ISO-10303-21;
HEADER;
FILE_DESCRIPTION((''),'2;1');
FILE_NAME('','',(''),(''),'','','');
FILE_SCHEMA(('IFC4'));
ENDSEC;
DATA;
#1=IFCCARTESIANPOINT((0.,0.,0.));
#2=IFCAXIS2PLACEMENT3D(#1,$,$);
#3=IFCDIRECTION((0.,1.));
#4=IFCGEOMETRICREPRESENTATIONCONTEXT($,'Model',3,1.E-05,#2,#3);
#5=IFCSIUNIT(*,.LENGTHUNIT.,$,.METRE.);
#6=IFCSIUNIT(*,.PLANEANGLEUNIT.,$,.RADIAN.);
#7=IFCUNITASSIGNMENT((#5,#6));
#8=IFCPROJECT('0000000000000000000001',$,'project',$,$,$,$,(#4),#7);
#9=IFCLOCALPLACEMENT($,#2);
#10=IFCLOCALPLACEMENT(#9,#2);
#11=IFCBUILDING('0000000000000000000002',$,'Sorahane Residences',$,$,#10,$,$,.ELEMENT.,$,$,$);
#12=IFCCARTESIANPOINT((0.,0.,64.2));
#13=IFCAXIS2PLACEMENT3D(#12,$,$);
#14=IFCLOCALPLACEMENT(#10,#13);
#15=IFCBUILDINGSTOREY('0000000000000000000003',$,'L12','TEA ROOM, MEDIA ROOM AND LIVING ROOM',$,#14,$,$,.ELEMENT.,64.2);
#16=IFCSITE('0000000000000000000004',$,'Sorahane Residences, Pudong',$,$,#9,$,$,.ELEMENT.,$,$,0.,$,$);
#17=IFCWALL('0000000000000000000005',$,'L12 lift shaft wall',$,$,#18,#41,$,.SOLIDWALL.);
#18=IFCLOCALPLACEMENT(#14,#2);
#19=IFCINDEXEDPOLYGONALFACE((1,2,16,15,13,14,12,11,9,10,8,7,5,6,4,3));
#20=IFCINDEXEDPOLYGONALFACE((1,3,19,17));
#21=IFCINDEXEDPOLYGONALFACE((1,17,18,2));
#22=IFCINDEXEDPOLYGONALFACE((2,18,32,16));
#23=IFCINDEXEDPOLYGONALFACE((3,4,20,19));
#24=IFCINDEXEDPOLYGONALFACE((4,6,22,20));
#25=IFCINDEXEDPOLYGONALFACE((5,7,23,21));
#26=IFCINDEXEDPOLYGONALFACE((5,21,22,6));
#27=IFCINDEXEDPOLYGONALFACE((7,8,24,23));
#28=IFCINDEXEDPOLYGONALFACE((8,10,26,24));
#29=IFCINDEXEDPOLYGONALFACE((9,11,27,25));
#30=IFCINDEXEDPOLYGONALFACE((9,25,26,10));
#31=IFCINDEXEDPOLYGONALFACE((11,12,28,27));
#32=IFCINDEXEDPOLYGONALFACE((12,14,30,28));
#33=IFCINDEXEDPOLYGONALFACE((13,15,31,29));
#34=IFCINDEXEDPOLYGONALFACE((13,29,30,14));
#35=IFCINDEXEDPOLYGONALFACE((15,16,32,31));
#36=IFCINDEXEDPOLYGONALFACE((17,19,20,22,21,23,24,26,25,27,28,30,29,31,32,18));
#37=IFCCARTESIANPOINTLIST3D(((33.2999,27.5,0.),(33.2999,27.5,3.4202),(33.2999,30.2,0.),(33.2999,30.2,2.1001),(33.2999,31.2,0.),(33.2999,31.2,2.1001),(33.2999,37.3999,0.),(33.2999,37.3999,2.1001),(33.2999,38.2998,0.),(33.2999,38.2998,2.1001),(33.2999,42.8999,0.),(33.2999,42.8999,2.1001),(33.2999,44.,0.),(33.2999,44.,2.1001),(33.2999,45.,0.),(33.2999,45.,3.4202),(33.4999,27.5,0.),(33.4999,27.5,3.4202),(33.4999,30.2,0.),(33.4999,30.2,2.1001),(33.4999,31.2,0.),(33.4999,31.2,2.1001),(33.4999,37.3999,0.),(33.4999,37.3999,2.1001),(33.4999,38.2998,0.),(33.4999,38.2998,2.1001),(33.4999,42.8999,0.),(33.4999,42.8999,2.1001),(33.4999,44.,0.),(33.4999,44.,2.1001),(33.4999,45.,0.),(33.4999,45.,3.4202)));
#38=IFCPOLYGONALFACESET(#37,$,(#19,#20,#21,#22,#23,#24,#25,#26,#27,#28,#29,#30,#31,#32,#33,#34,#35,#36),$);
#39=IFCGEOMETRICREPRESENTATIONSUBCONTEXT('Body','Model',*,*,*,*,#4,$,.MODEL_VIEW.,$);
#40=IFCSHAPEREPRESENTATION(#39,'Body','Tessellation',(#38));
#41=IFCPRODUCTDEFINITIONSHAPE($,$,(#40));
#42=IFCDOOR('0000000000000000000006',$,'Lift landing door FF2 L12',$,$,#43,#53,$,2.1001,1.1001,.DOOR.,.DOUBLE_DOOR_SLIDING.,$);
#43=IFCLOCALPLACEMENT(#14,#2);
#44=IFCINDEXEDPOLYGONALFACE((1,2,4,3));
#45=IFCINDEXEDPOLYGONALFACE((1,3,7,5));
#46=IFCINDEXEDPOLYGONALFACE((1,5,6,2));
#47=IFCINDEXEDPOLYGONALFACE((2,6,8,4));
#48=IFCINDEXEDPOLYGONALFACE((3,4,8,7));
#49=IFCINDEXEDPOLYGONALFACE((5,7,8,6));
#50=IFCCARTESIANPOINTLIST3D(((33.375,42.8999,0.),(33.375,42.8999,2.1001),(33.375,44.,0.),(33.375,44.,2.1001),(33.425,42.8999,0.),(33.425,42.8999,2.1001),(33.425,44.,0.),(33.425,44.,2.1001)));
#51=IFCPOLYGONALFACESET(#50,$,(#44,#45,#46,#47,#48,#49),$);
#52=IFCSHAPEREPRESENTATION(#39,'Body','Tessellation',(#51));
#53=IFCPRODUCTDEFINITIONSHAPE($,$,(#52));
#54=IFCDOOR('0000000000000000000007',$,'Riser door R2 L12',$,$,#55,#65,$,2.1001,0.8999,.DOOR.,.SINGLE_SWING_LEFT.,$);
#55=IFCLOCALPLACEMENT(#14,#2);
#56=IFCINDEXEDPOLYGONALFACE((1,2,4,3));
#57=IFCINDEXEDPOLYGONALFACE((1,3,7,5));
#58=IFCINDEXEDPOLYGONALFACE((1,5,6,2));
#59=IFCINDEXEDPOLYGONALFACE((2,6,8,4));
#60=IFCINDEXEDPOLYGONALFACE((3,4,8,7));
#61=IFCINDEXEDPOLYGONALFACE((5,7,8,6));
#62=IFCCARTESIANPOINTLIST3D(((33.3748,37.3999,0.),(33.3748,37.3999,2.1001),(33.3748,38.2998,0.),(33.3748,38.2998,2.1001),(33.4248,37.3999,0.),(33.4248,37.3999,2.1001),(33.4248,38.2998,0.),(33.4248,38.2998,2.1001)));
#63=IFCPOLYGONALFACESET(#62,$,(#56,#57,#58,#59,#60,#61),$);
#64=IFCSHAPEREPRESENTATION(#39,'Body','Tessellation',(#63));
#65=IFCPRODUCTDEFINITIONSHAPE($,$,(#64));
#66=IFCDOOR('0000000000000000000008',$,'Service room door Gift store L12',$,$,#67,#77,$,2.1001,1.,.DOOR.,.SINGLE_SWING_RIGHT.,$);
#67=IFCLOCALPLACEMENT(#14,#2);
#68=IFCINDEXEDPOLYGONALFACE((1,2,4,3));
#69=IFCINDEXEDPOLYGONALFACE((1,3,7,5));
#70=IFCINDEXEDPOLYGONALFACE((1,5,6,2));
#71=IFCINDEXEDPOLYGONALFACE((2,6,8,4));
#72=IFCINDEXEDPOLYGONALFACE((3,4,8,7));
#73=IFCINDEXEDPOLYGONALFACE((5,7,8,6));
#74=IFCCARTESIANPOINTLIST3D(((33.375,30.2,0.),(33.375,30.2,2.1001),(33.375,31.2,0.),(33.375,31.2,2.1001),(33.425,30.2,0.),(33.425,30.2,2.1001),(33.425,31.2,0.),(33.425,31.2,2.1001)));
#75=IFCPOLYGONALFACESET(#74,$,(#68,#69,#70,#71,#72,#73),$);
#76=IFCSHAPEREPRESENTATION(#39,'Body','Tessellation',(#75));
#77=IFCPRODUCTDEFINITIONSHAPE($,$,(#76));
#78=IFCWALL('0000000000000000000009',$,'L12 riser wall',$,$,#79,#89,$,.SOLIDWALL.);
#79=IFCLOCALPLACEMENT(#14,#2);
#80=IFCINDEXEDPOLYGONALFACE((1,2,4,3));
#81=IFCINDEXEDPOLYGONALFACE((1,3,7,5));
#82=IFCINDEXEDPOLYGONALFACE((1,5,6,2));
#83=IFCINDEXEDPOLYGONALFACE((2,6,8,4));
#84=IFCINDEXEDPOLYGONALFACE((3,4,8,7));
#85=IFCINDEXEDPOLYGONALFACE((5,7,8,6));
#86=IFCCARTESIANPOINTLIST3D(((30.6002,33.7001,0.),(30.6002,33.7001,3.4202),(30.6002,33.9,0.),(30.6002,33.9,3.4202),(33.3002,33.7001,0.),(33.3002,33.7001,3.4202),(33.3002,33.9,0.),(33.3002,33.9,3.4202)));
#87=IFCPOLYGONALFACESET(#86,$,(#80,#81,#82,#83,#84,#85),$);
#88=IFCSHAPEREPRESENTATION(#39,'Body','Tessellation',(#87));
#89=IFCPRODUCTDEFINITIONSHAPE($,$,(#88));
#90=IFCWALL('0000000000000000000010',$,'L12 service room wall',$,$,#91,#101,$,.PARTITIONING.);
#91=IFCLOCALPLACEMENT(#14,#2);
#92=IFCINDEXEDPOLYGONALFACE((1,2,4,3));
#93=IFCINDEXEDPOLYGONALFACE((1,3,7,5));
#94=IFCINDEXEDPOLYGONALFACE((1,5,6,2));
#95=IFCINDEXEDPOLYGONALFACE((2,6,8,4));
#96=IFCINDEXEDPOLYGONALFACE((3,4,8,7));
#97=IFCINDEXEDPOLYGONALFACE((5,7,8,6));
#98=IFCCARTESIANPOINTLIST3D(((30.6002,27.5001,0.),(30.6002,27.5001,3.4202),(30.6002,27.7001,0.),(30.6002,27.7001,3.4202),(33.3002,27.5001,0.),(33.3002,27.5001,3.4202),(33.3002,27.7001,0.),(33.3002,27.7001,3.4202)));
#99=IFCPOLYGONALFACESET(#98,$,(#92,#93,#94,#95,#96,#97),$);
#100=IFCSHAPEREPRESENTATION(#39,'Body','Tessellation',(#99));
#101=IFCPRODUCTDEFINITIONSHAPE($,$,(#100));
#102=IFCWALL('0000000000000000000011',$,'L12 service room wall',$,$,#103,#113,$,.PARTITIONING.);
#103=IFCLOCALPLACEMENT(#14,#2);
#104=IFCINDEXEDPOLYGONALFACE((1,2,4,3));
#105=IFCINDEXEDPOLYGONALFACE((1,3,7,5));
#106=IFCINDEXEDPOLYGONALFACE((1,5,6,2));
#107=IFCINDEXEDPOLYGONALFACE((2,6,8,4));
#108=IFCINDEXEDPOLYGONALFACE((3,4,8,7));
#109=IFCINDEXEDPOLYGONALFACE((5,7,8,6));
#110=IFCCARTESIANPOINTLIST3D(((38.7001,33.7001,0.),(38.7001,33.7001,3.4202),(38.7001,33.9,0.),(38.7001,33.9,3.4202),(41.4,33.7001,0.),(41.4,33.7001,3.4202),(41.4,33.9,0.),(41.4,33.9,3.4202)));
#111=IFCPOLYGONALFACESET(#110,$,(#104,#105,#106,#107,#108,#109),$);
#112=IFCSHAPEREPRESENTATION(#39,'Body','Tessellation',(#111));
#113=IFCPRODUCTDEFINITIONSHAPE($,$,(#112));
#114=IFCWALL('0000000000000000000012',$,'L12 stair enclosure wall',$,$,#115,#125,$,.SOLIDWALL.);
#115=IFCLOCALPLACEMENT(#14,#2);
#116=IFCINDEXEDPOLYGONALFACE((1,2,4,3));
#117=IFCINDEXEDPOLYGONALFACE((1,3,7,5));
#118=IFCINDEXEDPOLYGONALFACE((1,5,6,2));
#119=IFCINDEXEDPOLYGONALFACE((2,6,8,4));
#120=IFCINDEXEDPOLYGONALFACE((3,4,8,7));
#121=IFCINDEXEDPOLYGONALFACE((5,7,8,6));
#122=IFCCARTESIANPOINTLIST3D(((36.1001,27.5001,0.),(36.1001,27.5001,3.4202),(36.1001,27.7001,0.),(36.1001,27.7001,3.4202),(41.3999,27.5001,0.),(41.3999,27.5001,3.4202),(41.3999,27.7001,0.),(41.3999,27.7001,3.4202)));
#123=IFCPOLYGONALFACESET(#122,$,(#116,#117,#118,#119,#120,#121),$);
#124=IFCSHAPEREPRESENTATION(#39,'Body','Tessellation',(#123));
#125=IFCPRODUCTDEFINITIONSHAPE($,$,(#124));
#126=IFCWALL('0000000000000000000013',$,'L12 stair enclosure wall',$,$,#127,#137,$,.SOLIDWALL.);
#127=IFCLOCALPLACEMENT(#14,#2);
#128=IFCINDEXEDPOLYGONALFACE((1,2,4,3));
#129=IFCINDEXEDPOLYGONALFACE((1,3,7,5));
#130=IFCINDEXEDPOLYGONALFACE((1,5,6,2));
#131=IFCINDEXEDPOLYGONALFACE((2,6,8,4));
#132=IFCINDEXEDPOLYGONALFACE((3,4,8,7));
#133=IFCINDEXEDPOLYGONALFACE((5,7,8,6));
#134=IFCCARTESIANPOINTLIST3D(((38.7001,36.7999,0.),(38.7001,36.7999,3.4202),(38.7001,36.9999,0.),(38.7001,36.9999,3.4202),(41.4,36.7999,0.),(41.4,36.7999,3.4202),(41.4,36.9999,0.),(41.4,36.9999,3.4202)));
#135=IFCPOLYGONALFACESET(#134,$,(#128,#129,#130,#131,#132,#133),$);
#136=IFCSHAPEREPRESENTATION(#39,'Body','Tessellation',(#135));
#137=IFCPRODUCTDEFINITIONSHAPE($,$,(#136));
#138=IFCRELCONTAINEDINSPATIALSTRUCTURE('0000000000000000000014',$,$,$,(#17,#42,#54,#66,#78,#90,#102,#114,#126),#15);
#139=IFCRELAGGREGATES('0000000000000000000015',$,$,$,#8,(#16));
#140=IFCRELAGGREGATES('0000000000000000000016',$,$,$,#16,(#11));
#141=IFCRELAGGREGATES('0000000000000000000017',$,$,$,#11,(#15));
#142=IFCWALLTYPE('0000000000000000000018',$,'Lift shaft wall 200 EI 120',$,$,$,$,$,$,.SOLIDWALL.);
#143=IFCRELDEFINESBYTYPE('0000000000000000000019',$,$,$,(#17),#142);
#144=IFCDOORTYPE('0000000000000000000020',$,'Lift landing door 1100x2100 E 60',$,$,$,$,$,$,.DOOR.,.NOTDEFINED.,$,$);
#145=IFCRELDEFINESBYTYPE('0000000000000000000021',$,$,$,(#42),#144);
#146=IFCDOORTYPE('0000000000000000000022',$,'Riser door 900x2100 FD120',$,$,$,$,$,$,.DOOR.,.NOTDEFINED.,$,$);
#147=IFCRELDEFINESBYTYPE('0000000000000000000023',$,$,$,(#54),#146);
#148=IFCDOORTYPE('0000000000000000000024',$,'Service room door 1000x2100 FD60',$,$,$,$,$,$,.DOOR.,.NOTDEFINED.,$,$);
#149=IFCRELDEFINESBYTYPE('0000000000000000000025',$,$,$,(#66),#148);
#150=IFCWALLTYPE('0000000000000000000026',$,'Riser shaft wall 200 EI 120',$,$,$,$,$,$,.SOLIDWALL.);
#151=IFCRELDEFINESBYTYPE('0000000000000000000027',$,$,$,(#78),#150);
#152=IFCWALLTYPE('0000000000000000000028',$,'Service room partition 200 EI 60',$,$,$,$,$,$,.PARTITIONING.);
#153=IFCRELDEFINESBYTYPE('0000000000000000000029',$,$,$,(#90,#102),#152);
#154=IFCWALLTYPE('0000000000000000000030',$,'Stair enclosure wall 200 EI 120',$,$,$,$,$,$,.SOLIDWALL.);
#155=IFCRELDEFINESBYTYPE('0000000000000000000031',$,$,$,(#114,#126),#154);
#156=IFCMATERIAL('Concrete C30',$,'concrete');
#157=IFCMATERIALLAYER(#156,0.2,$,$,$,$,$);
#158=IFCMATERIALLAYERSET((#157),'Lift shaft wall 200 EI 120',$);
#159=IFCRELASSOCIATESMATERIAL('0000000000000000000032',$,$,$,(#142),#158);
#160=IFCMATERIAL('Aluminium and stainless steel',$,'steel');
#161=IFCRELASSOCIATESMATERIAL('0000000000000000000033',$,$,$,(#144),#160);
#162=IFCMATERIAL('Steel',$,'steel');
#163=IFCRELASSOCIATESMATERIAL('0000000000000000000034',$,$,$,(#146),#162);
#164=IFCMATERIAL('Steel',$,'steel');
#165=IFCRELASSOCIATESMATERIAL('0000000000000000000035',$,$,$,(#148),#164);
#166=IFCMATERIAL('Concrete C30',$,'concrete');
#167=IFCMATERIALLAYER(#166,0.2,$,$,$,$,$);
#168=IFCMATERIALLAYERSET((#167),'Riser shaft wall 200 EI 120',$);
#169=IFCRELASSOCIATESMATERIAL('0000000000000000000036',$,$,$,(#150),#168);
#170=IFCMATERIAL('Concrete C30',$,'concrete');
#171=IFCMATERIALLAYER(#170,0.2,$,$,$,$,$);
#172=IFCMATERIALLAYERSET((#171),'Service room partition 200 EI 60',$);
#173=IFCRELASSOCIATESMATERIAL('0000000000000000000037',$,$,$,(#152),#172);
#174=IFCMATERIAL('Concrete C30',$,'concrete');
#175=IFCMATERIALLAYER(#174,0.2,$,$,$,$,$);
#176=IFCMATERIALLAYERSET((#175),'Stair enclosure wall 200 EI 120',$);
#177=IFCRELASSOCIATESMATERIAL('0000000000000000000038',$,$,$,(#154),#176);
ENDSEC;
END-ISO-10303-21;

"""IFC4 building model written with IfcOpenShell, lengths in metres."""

from ifc_helpers import new_model, si_unit, direction, frame, frame_2d, origin, place, context, subcontext, project, spatial, rectangle, extrude, material, layer, layer_set, type_object, element, fill, save


model = new_model("IFC4")

# Units and contexts
model_context = context("Model", 3, precision=1e-05, world=origin(), true_north=direction((0.0, 1.0)))
body_context = subcontext(model_context, "Body", "Model", "MODEL_VIEW")
ifc_project = project(units=[si_unit("LENGTHUNIT", "METRE"), si_unit("PLANEANGLEUNIT", "RADIAN")], contexts=[model_context])

# Site, building, storey
site_placement = place(None, origin())
site = spatial("IfcSite", under=ifc_project, at=site_placement, Name="Sorahane Residences, Pudong", CompositionType="ELEMENT", RefElevation=0.0)
building_placement = place(site_placement, origin())
building = spatial("IfcBuilding", under=site, at=building_placement, Name="Sorahane Residences", CompositionType="ELEMENT")
storey_placement = place(building_placement, frame((0.0, 0.0, 64.2)))
storey = spatial("IfcBuildingStorey", under=building, at=storey_placement, Name="L12", Description="TEA ROOM, MEDIA ROOM AND LIVING ROOM", CompositionType="ELEMENT", Elevation=64.2)

# Wall, openings, doors
ifc_material_1 = material(Name="Concrete C30", Category="concrete")
ifc_layer_1 = layer(ifc_material_1, 0.2)
ifc_layer_set_1 = layer_set([ifc_layer_1], Name="Lift shaft wall 200 EI 120")
wall_type_1 = type_object("IfcWallType", Name="Lift shaft wall 200 EI 120", PredefinedType="SOLIDWALL", material=ifc_layer_set_1)
wall_1_placement = place(storey_placement, frame((33.3999, 27.5, 0.0), z_axis=(0.0, 0.0, 1.0), x_axis=(0.0, 1.0, 0.0)))
wall_1 = element("IfcWall", 1, at=wall_1_placement, inside=storey, type_object=wall_type_1, Name="L12 lift shaft wall", PredefinedType="SOLIDWALL", context=body_context, shape_type="SweptSolid", body=[
    extrude(rectangle(XDim=17.5, YDim=0.2, at=frame_2d((8.75, 0.0))), origin(), (0.0, 0.0, 1.0), 3.4202),
])
opening_1_placement = place(wall_1_placement, frame((15.3999, 0.0, 0.0)))
opening_1 = element("IfcOpeningElement", 2, at=opening_1_placement, cuts=wall_1, PredefinedType="OPENING", context=body_context, shape_type="SweptSolid", body=[
    extrude(rectangle(XDim=1.1001, YDim=2.1001, at=frame_2d((0.55, 1.05))), frame((0.0, 0.1099, 0.0), z_axis=(0.0, -1.0, 0.0), x_axis=(1.0, 0.0, 0.0)), (0.0, 0.0, 1.0), 0.22),
])
opening_2_placement = place(wall_1_placement, frame((2.7, 0.0, 0.0)))
opening_2 = element("IfcOpeningElement", 3, at=opening_2_placement, cuts=wall_1, PredefinedType="OPENING", context=body_context, shape_type="SweptSolid", body=[
    extrude(rectangle(XDim=1.0, YDim=2.1001, at=frame_2d((0.5, 1.05))), frame((0.0, 0.1099, 0.0), z_axis=(0.0, -1.0, 0.0), x_axis=(1.0, 0.0, 0.0)), (0.0, 0.0, 1.0), 0.22),
])
opening_3_placement = place(wall_1_placement, frame((9.8999, 0.0, 0.0)))
opening_3 = element("IfcOpeningElement", 4, at=opening_3_placement, cuts=wall_1, PredefinedType="OPENING", context=body_context, shape_type="SweptSolid", body=[
    extrude(rectangle(XDim=0.8999, YDim=2.1001, at=frame_2d((0.45, 1.05))), frame((0.0, 0.1099, 0.0), z_axis=(0.0, -1.0, 0.0), x_axis=(1.0, 0.0, 0.0)), (0.0, 0.0, 1.0), 0.22),
])
ifc_material_2 = material(Name="Aluminium and stainless steel", Category="steel")
door_type_1 = type_object("IfcDoorType", Name="Lift landing door 1100x2100 E 60", OperationType="NOTDEFINED", PredefinedType="DOOR", material=ifc_material_2)
door_1_placement = place(opening_1_placement, origin())
door_1 = element("IfcDoor", 5, at=door_1_placement, inside=storey, type_object=door_type_1, Name="Lift landing door FF2 L12", OperationType="DOUBLE_DOOR_SLIDING", OverallHeight=2.1001, OverallWidth=1.1001, PredefinedType="DOOR", context=body_context, shape_type="SweptSolid", body=[
    extrude(rectangle(XDim=1.1001, YDim=2.1001, at=frame_2d((0.55, 1.05))), frame((0.0, 0.0249, 0.0), z_axis=(0.0, -1.0, 0.0), x_axis=(1.0, 0.0, 0.0)), (0.0, 0.0, 1.0), 0.05),
])
fill(opening_1, door_1)
ifc_material_3 = material(Name="Steel", Category="steel")
door_type_2 = type_object("IfcDoorType", Name="Riser door 900x2100 FD120", OperationType="NOTDEFINED", PredefinedType="DOOR", material=ifc_material_3)
door_2_placement = place(opening_3_placement, frame((0.8999, 0.0, 0.0), z_axis=(0.0, 0.0, 1.0), x_axis=(-1.0, 0.0, 0.0)))
door_2 = element("IfcDoor", 6, at=door_2_placement, inside=storey, type_object=door_type_2, Name="Riser door R2 L12", OperationType="SINGLE_SWING_LEFT", OverallHeight=2.1001, OverallWidth=0.8999, PredefinedType="DOOR", context=body_context, shape_type="SweptSolid", body=[
    extrude(rectangle(XDim=0.8999, YDim=2.1001, at=frame_2d((0.45, 1.05))), frame((0.0, 0.0249, 0.0), z_axis=(0.0, -1.0, 0.0), x_axis=(1.0, 0.0, 0.0)), (0.0, 0.0, 1.0), 0.05),
])
fill(opening_3, door_2)
ifc_material_4 = material(Name="Steel", Category="steel")
door_type_3 = type_object("IfcDoorType", Name="Service room door 1000x2100 FD60", OperationType="NOTDEFINED", PredefinedType="DOOR", material=ifc_material_4)
door_3_placement = place(opening_2_placement, origin())
door_3 = element("IfcDoor", 7, at=door_3_placement, inside=storey, type_object=door_type_3, Name="Service room door Gift store L12", OperationType="SINGLE_SWING_RIGHT", OverallHeight=2.1001, OverallWidth=1.0, PredefinedType="DOOR", context=body_context, shape_type="SweptSolid", body=[
    extrude(rectangle(XDim=1.0, YDim=2.1001, at=frame_2d((0.5, 1.05))), frame((0.0, 0.0249, 0.0), z_axis=(0.0, -1.0, 0.0), x_axis=(1.0, 0.0, 0.0)), (0.0, 0.0, 1.0), 0.05),
])
fill(opening_2, door_3)

# Walls
ifc_material_5 = material(Name="Concrete C30", Category="concrete")
ifc_layer_2 = layer(ifc_material_5, 0.2)
ifc_layer_set_2 = layer_set([ifc_layer_2], Name="Riser shaft wall 200 EI 120")
wall_type_2 = type_object("IfcWallType", Name="Riser shaft wall 200 EI 120", PredefinedType="SOLIDWALL", material=ifc_layer_set_2)
wall_2_placement = place(storey_placement, frame((30.6001, 33.8, 0.0), z_axis=(0.0, 0.0, 1.0), x_axis=(1.0, 0.0, 0.0)))
element("IfcWall", 8, at=wall_2_placement, inside=storey, type_object=wall_type_2, Name="L12 riser wall", PredefinedType="SOLIDWALL", context=body_context, shape_type="SweptSolid", body=[
    extrude(rectangle(XDim=2.7, YDim=0.2, at=frame_2d((1.3501, 0.0))), origin(), (0.0, 0.0, 1.0), 3.4202),
])
ifc_material_6 = material(Name="Concrete C30", Category="concrete")
ifc_layer_3 = layer(ifc_material_6, 0.2)
ifc_layer_set_3 = layer_set([ifc_layer_3], Name="Service room partition 200 EI 60")
wall_type_3 = type_object("IfcWallType", Name="Service room partition 200 EI 60", PredefinedType="PARTITIONING", material=ifc_layer_set_3)
for number, where, z_axis, x_axis, name in (
    (9, (30.6001, 27.6001, 0.0), (0.0, 0.0, 1.0), (1.0, 0.0, 0.0), "L12 service room wall"),
    (10, (38.7, 33.8, 0.0), (0.0, 0.0, 1.0), (1.0, 0.0, 0.0), "L12 service room wall"),
):
    element("IfcWall", number, at=place(storey_placement, frame(where, z_axis=z_axis, x_axis=x_axis)), inside=storey, type_object=wall_type_3, Name=name, PredefinedType="PARTITIONING", context=body_context, shape_type="SweptSolid", body=[
        extrude(rectangle(XDim=2.7, YDim=0.2, at=frame_2d((1.3501, 0.0))), origin(), (0.0, 0.0, 1.0), 3.4202),
    ])
ifc_material_7 = material(Name="Concrete C30", Category="concrete")
ifc_layer_4 = layer(ifc_material_7, 0.2)
ifc_layer_set_4 = layer_set([ifc_layer_4], Name="Stair enclosure wall 200 EI 120")
wall_type_4 = type_object("IfcWallType", Name="Stair enclosure wall 200 EI 120", PredefinedType="SOLIDWALL", material=ifc_layer_set_4)
wall_3_placement = place(storey_placement, frame((36.1001, 27.6001, 0.0), z_axis=(0.0, 0.0, 1.0), x_axis=(1.0, 0.0, 0.0)))
element("IfcWall", 11, at=wall_3_placement, inside=storey, type_object=wall_type_4, Name="L12 stair enclosure wall", PredefinedType="SOLIDWALL", context=body_context, shape_type="SweptSolid", body=[
    extrude(rectangle(XDim=5.2998, YDim=0.2, at=frame_2d((2.6499, 0.0))), origin(), (0.0, 0.0, 1.0), 3.4202),
])
wall_4_placement = place(storey_placement, frame((38.7, 36.8999, 0.0), z_axis=(0.0, 0.0, 1.0), x_axis=(1.0, 0.0, 0.0)))
element("IfcWall", 12, at=wall_4_placement, inside=storey, type_object=wall_type_4, Name="L12 stair enclosure wall", PredefinedType="SOLIDWALL", context=body_context, shape_type="SweptSolid", body=[
    extrude(rectangle(XDim=2.7, YDim=0.2, at=frame_2d((1.3501, 0.0))), origin(), (0.0, 0.0, 1.0), 3.4202),
])

save(model, "model.ifc")
